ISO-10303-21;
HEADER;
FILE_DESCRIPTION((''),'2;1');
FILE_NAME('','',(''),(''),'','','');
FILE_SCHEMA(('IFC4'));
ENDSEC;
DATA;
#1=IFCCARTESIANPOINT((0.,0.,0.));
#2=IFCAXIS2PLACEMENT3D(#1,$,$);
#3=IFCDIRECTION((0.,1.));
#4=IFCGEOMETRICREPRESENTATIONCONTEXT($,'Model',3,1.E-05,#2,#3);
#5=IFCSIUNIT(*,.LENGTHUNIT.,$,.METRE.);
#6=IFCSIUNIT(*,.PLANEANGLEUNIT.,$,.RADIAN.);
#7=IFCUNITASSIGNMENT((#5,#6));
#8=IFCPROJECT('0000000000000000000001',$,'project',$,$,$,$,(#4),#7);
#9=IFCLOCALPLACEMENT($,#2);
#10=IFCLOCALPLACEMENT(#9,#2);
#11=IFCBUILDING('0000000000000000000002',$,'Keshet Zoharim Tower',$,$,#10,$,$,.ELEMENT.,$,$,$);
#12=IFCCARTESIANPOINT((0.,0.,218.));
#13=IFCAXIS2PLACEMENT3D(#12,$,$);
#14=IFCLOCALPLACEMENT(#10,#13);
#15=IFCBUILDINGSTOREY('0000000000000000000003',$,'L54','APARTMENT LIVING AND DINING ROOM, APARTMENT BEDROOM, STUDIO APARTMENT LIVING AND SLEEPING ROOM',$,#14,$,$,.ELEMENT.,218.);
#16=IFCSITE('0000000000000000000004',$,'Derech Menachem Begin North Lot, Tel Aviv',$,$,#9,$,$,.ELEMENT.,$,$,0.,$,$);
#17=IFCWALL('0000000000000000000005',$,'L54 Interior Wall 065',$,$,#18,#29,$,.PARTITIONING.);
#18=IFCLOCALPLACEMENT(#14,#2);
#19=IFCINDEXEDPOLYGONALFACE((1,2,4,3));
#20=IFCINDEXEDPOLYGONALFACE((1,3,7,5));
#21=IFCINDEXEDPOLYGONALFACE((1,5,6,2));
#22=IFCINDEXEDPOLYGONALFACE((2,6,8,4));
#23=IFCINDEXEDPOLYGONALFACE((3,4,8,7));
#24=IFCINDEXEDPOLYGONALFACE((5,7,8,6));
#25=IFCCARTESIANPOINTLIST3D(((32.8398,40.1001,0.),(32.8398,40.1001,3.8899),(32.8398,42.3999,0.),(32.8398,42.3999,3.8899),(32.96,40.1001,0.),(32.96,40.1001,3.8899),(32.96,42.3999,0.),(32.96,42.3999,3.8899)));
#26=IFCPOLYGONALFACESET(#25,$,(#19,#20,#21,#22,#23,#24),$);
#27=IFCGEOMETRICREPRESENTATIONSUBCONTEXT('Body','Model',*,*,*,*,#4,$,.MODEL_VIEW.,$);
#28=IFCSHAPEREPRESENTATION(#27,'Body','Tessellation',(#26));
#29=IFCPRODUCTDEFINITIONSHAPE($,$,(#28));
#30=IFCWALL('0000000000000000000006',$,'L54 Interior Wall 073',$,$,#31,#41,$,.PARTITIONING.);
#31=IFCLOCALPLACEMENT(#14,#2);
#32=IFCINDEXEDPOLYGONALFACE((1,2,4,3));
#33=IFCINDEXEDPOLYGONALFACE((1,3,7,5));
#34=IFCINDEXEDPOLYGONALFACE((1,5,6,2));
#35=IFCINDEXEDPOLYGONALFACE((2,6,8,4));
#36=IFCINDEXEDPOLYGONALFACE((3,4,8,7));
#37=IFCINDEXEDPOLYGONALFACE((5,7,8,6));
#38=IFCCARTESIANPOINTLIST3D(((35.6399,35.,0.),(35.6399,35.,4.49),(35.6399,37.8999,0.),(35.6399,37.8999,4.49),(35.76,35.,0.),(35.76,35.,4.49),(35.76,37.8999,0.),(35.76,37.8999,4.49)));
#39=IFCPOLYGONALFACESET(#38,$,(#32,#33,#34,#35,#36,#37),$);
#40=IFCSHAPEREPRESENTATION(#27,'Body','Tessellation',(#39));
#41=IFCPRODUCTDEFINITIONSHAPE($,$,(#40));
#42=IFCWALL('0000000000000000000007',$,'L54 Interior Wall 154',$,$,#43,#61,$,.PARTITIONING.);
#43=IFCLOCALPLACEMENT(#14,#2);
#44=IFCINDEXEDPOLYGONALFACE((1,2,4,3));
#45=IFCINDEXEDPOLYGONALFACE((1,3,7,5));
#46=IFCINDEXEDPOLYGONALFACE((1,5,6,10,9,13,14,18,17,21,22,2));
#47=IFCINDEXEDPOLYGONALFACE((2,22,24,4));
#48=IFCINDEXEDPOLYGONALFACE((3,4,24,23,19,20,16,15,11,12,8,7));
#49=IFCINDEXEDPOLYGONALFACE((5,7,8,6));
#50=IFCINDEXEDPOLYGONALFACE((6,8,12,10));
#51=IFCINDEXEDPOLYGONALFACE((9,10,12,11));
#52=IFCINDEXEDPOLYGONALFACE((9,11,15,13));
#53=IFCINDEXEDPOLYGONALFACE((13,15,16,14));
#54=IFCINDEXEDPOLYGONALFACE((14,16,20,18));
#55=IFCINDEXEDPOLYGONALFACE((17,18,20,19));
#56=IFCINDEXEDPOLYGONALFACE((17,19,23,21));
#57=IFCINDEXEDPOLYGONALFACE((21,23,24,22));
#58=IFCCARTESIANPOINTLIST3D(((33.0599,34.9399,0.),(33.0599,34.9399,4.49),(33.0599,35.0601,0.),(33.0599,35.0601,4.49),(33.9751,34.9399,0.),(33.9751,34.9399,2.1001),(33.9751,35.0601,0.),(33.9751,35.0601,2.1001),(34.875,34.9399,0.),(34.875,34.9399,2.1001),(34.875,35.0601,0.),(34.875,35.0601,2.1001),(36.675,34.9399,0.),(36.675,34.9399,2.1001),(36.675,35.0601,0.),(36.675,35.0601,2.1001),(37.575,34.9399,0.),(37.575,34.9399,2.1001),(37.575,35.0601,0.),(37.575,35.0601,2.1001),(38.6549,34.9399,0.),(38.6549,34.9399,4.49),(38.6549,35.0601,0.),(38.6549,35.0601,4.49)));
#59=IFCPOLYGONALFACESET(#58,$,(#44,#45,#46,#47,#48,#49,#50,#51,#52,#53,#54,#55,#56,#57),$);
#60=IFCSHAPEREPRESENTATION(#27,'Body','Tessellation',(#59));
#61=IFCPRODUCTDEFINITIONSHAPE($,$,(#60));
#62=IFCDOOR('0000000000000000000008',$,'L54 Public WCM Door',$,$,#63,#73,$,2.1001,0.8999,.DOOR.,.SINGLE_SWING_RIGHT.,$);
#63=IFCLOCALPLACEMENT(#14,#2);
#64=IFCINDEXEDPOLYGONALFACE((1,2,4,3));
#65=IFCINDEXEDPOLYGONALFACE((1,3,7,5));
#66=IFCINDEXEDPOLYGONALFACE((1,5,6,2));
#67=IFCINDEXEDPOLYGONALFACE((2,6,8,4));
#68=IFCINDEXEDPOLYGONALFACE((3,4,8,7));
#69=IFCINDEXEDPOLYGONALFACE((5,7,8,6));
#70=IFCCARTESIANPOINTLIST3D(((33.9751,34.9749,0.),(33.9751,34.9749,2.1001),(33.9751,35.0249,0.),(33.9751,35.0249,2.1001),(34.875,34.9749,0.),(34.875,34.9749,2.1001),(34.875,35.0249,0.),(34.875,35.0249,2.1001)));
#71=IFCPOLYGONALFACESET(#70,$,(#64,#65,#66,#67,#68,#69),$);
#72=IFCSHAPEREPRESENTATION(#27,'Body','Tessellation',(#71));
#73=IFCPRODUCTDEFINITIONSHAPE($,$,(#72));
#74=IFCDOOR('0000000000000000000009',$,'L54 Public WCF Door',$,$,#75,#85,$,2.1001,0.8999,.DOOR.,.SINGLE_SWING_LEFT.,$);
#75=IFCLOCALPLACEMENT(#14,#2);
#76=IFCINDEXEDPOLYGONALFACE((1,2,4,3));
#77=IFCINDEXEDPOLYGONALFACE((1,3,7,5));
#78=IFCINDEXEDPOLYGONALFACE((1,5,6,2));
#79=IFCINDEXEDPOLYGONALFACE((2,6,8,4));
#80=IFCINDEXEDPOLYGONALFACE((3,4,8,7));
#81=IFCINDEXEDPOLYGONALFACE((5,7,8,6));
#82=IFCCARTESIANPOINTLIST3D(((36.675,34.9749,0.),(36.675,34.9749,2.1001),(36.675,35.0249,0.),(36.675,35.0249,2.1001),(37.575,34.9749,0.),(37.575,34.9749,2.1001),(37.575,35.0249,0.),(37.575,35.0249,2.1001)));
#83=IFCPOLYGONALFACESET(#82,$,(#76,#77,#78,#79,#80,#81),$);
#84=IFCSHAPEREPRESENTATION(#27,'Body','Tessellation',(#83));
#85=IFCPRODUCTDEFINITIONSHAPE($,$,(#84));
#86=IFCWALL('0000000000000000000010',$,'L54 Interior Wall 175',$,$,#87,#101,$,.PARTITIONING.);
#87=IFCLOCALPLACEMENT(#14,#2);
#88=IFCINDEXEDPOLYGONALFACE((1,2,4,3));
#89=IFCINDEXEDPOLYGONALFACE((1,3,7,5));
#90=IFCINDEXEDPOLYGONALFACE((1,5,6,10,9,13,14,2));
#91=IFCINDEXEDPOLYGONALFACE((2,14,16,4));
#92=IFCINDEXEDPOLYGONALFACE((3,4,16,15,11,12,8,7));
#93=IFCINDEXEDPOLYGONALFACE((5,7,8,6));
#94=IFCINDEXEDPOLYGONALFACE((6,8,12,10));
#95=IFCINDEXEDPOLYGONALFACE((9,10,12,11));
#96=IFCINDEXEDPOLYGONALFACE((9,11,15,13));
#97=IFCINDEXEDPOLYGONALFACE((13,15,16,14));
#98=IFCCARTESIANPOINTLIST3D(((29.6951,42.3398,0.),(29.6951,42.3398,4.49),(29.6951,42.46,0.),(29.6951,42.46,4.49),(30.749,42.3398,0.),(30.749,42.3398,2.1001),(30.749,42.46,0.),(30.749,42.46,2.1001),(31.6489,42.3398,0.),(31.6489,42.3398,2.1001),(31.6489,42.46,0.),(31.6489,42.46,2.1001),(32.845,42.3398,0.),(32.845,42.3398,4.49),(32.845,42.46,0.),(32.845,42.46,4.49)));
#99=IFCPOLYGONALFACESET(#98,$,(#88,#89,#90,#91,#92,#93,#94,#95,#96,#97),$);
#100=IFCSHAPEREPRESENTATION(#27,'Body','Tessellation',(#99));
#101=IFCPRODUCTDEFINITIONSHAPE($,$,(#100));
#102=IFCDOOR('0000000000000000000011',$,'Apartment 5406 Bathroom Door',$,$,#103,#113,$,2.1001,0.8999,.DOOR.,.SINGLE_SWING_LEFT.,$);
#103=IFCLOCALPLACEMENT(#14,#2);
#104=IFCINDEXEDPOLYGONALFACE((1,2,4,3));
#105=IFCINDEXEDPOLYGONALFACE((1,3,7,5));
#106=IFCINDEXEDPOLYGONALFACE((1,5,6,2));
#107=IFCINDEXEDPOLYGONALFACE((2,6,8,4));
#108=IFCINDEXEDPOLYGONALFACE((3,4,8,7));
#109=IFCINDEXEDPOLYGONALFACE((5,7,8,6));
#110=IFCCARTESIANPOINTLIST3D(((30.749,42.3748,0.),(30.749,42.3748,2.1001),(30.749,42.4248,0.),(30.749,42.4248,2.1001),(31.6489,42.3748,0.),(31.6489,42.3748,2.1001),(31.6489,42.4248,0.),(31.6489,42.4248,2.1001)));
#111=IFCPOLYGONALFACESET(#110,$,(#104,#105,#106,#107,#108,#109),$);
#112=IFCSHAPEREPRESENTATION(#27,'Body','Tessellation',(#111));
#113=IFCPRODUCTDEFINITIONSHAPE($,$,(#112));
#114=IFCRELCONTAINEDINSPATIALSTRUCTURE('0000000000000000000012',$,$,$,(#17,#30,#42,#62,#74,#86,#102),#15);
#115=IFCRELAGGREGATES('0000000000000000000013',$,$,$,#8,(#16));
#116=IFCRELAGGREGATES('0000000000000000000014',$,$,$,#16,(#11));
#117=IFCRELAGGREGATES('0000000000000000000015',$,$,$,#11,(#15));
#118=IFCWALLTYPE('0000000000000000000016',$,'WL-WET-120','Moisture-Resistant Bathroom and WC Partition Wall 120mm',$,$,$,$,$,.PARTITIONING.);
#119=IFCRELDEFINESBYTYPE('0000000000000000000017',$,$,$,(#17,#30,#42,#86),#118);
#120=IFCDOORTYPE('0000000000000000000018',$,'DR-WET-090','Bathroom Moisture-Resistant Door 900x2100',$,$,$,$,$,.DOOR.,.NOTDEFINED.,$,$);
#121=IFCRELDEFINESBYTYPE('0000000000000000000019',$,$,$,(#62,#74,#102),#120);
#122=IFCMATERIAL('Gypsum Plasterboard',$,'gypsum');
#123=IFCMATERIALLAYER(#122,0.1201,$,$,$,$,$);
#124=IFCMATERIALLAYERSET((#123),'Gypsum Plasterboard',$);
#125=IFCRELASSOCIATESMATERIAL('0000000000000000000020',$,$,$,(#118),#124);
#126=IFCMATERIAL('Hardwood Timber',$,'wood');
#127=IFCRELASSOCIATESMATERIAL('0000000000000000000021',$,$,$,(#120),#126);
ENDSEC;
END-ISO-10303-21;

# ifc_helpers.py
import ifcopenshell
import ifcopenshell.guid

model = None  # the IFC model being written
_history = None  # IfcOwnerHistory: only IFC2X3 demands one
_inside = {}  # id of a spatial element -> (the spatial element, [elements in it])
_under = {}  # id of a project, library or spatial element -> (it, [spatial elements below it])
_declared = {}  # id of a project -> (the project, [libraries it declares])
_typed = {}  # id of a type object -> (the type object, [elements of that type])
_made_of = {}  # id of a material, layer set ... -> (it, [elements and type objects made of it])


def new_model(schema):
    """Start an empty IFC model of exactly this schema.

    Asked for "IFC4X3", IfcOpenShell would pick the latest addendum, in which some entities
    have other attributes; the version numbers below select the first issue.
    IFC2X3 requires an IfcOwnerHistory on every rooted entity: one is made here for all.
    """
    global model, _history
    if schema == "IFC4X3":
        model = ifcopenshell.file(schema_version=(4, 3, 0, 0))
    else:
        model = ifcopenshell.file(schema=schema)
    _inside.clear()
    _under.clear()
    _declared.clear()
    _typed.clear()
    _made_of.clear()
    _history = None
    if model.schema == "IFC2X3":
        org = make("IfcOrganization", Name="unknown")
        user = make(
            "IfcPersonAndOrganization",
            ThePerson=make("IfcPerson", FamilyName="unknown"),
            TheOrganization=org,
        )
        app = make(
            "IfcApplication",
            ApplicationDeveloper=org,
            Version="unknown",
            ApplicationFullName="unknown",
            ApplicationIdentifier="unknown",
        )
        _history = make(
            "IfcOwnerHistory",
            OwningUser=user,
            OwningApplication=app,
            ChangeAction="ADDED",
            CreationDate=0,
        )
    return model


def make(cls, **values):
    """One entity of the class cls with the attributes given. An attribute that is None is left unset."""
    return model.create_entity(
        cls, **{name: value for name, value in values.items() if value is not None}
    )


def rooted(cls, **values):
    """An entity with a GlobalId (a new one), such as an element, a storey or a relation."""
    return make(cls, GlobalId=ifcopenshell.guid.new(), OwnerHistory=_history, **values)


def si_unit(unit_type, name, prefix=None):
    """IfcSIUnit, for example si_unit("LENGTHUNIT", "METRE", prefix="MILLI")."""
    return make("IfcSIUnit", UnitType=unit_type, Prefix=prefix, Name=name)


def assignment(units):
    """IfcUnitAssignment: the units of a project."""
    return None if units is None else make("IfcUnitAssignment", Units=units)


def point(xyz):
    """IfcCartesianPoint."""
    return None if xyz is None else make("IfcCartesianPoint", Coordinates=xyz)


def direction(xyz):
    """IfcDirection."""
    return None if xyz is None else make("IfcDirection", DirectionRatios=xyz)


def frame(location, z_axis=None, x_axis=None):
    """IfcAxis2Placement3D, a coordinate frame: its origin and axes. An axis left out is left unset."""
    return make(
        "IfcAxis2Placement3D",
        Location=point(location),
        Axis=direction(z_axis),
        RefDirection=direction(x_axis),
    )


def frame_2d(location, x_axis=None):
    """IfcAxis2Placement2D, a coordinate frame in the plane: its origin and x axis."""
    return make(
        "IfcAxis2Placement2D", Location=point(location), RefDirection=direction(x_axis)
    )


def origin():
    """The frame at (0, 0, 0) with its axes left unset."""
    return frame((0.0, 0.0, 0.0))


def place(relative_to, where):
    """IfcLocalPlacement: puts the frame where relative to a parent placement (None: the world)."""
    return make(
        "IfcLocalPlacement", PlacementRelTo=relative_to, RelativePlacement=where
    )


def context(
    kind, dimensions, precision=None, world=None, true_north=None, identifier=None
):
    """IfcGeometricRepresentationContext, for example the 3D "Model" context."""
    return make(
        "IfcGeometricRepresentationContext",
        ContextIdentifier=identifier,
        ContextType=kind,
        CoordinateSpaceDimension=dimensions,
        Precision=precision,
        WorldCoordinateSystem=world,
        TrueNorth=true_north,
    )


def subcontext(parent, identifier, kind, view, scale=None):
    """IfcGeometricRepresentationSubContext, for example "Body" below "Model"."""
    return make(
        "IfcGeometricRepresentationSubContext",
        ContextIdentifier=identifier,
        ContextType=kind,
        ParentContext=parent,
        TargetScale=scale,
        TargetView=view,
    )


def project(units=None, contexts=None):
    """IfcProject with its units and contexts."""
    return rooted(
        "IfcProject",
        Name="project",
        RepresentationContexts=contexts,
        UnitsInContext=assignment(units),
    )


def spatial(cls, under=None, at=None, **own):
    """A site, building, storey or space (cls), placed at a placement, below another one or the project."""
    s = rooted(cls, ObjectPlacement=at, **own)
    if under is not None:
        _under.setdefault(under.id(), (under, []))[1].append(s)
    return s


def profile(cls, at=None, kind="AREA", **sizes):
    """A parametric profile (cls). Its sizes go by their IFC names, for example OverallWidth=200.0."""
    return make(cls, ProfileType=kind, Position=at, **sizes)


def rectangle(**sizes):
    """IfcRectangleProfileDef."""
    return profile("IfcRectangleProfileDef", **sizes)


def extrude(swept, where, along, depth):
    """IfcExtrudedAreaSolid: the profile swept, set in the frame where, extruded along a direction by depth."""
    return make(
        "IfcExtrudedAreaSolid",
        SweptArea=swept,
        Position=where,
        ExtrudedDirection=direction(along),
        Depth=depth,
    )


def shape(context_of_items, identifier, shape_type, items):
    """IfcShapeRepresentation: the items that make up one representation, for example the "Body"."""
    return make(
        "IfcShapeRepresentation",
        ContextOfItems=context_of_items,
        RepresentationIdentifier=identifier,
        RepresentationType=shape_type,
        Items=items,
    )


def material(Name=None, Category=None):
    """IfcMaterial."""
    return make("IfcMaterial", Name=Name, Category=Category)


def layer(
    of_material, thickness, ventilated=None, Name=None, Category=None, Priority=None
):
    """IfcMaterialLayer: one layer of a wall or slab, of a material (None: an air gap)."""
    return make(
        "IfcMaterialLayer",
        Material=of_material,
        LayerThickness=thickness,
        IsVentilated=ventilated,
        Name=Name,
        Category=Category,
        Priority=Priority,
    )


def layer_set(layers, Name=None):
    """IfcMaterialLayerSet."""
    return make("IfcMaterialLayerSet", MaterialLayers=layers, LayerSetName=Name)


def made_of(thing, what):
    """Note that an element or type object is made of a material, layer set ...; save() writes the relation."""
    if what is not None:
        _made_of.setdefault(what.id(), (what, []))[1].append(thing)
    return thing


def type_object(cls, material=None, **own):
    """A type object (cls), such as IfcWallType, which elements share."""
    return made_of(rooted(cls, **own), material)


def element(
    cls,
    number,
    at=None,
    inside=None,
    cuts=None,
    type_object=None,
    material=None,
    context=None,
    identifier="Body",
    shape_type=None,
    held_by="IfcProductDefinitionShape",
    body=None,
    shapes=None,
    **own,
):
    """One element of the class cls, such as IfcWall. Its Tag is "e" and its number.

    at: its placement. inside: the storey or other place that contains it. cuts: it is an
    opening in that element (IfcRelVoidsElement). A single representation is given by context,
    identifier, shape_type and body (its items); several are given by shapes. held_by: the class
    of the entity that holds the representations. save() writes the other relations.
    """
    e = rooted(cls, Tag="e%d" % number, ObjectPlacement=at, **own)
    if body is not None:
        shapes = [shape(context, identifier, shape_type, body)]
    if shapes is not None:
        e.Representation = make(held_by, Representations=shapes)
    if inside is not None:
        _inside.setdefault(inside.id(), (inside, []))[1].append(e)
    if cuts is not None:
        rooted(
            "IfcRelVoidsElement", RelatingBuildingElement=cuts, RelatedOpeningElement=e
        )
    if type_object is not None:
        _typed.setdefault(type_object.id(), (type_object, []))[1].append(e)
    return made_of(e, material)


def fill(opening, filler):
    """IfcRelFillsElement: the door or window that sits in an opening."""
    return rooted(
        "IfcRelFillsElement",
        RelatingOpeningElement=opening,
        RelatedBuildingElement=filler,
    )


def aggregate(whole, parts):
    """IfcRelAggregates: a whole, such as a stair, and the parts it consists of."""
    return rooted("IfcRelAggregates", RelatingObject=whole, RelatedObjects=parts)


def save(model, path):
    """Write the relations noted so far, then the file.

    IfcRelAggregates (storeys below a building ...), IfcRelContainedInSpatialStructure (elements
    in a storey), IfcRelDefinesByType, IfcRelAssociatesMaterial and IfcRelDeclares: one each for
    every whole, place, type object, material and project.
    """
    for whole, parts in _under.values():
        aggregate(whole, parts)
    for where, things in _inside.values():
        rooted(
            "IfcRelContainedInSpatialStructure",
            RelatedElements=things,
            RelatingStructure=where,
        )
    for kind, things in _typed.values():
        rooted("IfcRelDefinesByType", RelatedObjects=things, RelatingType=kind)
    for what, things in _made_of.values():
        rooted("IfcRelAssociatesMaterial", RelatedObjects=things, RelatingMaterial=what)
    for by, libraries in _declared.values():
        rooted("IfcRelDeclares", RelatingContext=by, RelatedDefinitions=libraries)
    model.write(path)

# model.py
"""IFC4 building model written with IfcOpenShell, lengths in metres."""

from ifc_helpers import new_model, si_unit, direction, frame, frame_2d, origin, place, context, subcontext, project, spatial, rectangle, extrude, material, layer, layer_set, type_object, element, fill, save


model = new_model("IFC4")

# Units and contexts
model_context = context("Model", 3, precision=1e-05, world=origin(), true_north=direction((0.0, 1.0)))
body_context = subcontext(model_context, "Body", "Model", "MODEL_VIEW")
ifc_project = project(units=[si_unit("LENGTHUNIT", "METRE"), si_unit("PLANEANGLEUNIT", "RADIAN")], contexts=[model_context])

# Site, building, storey
site_placement = place(None, origin())
site = spatial("IfcSite", under=ifc_project, at=site_placement, Name="Derech Menachem Begin North Lot, Tel Aviv", CompositionType="ELEMENT", RefElevation=0.0)
building_placement = place(site_placement, origin())
building = spatial("IfcBuilding", under=site, at=building_placement, Name="Keshet Zoharim Tower", CompositionType="ELEMENT")
storey_placement = place(building_placement, frame((0.0, 0.0, 218.0)))
storey = spatial("IfcBuildingStorey", under=building, at=storey_placement, Name="L54", Description="APARTMENT LIVING AND DINING ROOM, APARTMENT BEDROOM, STUDIO APARTMENT LIVING AND SLEEPING ROOM", CompositionType="ELEMENT", Elevation=218.0)

# Shared definitions
ifc_material_1 = material(Name="Gypsum Plasterboard", Category="gypsum")

# Shared definitions
ifc_material_2 = material(Name="Hardwood Timber", Category="wood")

# Walls
ifc_layer_1 = layer(ifc_material_1, 0.1201)
ifc_layer_set_1 = layer_set([ifc_layer_1], Name="Gypsum Plasterboard")
wall_type_1 = type_object("IfcWallType", Name="WL-WET-120", Description="Moisture-Resistant Bathroom and WC Partition Wall 120mm", PredefinedType="PARTITIONING", material=ifc_layer_set_1)
wall_1_placement = place(storey_placement, frame((32.8999, 40.1001, 0.0), z_axis=(0.0, 0.0, 1.0), x_axis=(0.0, 1.0, 0.0)))
element("IfcWall", 1, at=wall_1_placement, inside=storey, type_object=wall_type_1, Name="L54 Interior Wall 065", PredefinedType="PARTITIONING", context=body_context, shape_type="SweptSolid", body=[
    extrude(rectangle(XDim=2.2998, YDim=0.1201, at=frame_2d((1.1499, 0.0))), origin(), (0.0, 0.0, 1.0), 3.8899),
])
wall_2_placement = place(storey_placement, frame((35.7, 35.0, 0.0), z_axis=(0.0, 0.0, 1.0), x_axis=(0.0, 1.0, 0.0)))
element("IfcWall", 2, at=wall_2_placement, inside=storey, type_object=wall_type_1, Name="L54 Interior Wall 073", PredefinedType="PARTITIONING", context=body_context, shape_type="SweptSolid", body=[
    extrude(rectangle(XDim=2.8999, YDim=0.1201, at=frame_2d((1.45, 0.0))), origin(), (0.0, 0.0, 1.0), 4.49),
])

# Wall, openings, doors
wall_3_placement = place(storey_placement, frame((33.0601, 35.0, 0.0), z_axis=(0.0, 0.0, 1.0), x_axis=(1.0, 0.0, 0.0)))
wall_3 = element("IfcWall", 3, at=wall_3_placement, inside=storey, type_object=wall_type_1, Name="L54 Interior Wall 154", PredefinedType="PARTITIONING", context=body_context, shape_type="SweptSolid", body=[
    extrude(rectangle(XDim=5.595, YDim=0.1201, at=frame_2d((2.7974, 0.0))), origin(), (0.0, 0.0, 1.0), 4.49),
])
opening_1_placement = place(wall_3_placement, frame((0.915, 0.0, 0.0)))
opening_1 = element("IfcOpeningElement", 4, at=opening_1_placement, cuts=wall_3, PredefinedType="OPENING", context=body_context, shape_type="SweptSolid", body=[
    extrude(rectangle(XDim=0.8999, YDim=2.1001, at=frame_2d((0.45, 1.05))), frame((0.0, 0.0701, 0.0), z_axis=(0.0, -1.0, 0.0), x_axis=(1.0, 0.0, 0.0)), (0.0, 0.0, 1.0), 0.1401),
])
opening_2_placement = place(wall_3_placement, frame((3.615, 0.0, 0.0)))
opening_2 = element("IfcOpeningElement", 5, at=opening_2_placement, cuts=wall_3, PredefinedType="OPENING", context=body_context, shape_type="SweptSolid", body=[
    extrude(rectangle(XDim=0.8999, YDim=2.1001, at=frame_2d((0.45, 1.05))), frame((0.0, 0.0701, 0.0), z_axis=(0.0, -1.0, 0.0), x_axis=(1.0, 0.0, 0.0)), (0.0, 0.0, 1.0), 0.1401),
])
door_type_1 = type_object("IfcDoorType", Name="DR-WET-090", Description="Bathroom Moisture-Resistant Door 900x2100", OperationType="NOTDEFINED", PredefinedType="DOOR", material=ifc_material_2)
door_1_placement = place(opening_1_placement, origin())
door_1 = element("IfcDoor", 6, at=door_1_placement, inside=storey, type_object=door_type_1, Name="L54 Public WCM Door", OperationType="SINGLE_SWING_RIGHT", OverallHeight=2.1001, OverallWidth=0.8999, PredefinedType="DOOR", context=body_context, shape_type="SweptSolid", body=[
    extrude(rectangle(XDim=0.8999, YDim=2.1001, at=frame_2d((0.45, 1.05))), frame((0.0, 0.0249, 0.0), z_axis=(0.0, -1.0, 0.0), x_axis=(1.0, 0.0, 0.0)), (0.0, 0.0, 1.0), 0.05),
])
fill(opening_1, door_1)
door_2_placement = place(opening_2_placement, origin())
door_2 = element("IfcDoor", 7, at=door_2_placement, inside=storey, type_object=door_type_1, Name="L54 Public WCF Door", OperationType="SINGLE_SWING_LEFT", OverallHeight=2.1001, OverallWidth=0.8999, PredefinedType="DOOR", context=body_context, shape_type="SweptSolid", body=[
    extrude(rectangle(XDim=0.8999, YDim=2.1001, at=frame_2d((0.45, 1.05))), frame((0.0, 0.0249, 0.0), z_axis=(0.0, -1.0, 0.0), x_axis=(1.0, 0.0, 0.0)), (0.0, 0.0, 1.0), 0.05),
])
fill(opening_2, door_2)

# Wall, opening, door
wall_4_placement = place(storey_placement, frame((29.6951, 42.3999, 0.0), z_axis=(0.0, 0.0, 1.0), x_axis=(1.0, 0.0, 0.0)))
wall_4 = element("IfcWall", 8, at=wall_4_placement, inside=storey, type_object=wall_type_1, Name="L54 Interior Wall 175", PredefinedType="PARTITIONING", context=body_context, shape_type="SweptSolid", body=[
    extrude(rectangle(XDim=3.1499, YDim=0.1201, at=frame_2d((1.575, 0.0))), origin(), (0.0, 0.0, 1.0), 4.49),
])
opening_3_placement = place(wall_4_placement, frame((1.054, 0.0, 0.0)))
opening_3 = element("IfcOpeningElement", 9, at=opening_3_placement, cuts=wall_4, PredefinedType="OPENING", context=body_context, shape_type="SweptSolid", body=[
    extrude(rectangle(XDim=0.8999, YDim=2.1001, at=frame_2d((0.45, 1.05))), frame((0.0, 0.0701, 0.0), z_axis=(0.0, -1.0, 0.0), x_axis=(1.0, 0.0, 0.0)), (0.0, 0.0, 1.0), 0.1401),
])
door_3_placement = place(opening_3_placement, origin())
door_3 = element("IfcDoor", 10, at=door_3_placement, inside=storey, type_object=door_type_1, Name="Apartment 5406 Bathroom Door", OperationType="SINGLE_SWING_LEFT", OverallHeight=2.1001, OverallWidth=0.8999, PredefinedType="DOOR", context=body_context, shape_type="SweptSolid", body=[
    extrude(rectangle(XDim=0.8999, YDim=2.1001, at=frame_2d((0.45, 1.05))), frame((0.0, 0.0249, 0.0), z_axis=(0.0, -1.0, 0.0), x_axis=(1.0, 0.0, 0.0)), (0.0, 0.0, 1.0), 0.05),
])
fill(opening_3, door_3)

save(model, "model.ifc")
